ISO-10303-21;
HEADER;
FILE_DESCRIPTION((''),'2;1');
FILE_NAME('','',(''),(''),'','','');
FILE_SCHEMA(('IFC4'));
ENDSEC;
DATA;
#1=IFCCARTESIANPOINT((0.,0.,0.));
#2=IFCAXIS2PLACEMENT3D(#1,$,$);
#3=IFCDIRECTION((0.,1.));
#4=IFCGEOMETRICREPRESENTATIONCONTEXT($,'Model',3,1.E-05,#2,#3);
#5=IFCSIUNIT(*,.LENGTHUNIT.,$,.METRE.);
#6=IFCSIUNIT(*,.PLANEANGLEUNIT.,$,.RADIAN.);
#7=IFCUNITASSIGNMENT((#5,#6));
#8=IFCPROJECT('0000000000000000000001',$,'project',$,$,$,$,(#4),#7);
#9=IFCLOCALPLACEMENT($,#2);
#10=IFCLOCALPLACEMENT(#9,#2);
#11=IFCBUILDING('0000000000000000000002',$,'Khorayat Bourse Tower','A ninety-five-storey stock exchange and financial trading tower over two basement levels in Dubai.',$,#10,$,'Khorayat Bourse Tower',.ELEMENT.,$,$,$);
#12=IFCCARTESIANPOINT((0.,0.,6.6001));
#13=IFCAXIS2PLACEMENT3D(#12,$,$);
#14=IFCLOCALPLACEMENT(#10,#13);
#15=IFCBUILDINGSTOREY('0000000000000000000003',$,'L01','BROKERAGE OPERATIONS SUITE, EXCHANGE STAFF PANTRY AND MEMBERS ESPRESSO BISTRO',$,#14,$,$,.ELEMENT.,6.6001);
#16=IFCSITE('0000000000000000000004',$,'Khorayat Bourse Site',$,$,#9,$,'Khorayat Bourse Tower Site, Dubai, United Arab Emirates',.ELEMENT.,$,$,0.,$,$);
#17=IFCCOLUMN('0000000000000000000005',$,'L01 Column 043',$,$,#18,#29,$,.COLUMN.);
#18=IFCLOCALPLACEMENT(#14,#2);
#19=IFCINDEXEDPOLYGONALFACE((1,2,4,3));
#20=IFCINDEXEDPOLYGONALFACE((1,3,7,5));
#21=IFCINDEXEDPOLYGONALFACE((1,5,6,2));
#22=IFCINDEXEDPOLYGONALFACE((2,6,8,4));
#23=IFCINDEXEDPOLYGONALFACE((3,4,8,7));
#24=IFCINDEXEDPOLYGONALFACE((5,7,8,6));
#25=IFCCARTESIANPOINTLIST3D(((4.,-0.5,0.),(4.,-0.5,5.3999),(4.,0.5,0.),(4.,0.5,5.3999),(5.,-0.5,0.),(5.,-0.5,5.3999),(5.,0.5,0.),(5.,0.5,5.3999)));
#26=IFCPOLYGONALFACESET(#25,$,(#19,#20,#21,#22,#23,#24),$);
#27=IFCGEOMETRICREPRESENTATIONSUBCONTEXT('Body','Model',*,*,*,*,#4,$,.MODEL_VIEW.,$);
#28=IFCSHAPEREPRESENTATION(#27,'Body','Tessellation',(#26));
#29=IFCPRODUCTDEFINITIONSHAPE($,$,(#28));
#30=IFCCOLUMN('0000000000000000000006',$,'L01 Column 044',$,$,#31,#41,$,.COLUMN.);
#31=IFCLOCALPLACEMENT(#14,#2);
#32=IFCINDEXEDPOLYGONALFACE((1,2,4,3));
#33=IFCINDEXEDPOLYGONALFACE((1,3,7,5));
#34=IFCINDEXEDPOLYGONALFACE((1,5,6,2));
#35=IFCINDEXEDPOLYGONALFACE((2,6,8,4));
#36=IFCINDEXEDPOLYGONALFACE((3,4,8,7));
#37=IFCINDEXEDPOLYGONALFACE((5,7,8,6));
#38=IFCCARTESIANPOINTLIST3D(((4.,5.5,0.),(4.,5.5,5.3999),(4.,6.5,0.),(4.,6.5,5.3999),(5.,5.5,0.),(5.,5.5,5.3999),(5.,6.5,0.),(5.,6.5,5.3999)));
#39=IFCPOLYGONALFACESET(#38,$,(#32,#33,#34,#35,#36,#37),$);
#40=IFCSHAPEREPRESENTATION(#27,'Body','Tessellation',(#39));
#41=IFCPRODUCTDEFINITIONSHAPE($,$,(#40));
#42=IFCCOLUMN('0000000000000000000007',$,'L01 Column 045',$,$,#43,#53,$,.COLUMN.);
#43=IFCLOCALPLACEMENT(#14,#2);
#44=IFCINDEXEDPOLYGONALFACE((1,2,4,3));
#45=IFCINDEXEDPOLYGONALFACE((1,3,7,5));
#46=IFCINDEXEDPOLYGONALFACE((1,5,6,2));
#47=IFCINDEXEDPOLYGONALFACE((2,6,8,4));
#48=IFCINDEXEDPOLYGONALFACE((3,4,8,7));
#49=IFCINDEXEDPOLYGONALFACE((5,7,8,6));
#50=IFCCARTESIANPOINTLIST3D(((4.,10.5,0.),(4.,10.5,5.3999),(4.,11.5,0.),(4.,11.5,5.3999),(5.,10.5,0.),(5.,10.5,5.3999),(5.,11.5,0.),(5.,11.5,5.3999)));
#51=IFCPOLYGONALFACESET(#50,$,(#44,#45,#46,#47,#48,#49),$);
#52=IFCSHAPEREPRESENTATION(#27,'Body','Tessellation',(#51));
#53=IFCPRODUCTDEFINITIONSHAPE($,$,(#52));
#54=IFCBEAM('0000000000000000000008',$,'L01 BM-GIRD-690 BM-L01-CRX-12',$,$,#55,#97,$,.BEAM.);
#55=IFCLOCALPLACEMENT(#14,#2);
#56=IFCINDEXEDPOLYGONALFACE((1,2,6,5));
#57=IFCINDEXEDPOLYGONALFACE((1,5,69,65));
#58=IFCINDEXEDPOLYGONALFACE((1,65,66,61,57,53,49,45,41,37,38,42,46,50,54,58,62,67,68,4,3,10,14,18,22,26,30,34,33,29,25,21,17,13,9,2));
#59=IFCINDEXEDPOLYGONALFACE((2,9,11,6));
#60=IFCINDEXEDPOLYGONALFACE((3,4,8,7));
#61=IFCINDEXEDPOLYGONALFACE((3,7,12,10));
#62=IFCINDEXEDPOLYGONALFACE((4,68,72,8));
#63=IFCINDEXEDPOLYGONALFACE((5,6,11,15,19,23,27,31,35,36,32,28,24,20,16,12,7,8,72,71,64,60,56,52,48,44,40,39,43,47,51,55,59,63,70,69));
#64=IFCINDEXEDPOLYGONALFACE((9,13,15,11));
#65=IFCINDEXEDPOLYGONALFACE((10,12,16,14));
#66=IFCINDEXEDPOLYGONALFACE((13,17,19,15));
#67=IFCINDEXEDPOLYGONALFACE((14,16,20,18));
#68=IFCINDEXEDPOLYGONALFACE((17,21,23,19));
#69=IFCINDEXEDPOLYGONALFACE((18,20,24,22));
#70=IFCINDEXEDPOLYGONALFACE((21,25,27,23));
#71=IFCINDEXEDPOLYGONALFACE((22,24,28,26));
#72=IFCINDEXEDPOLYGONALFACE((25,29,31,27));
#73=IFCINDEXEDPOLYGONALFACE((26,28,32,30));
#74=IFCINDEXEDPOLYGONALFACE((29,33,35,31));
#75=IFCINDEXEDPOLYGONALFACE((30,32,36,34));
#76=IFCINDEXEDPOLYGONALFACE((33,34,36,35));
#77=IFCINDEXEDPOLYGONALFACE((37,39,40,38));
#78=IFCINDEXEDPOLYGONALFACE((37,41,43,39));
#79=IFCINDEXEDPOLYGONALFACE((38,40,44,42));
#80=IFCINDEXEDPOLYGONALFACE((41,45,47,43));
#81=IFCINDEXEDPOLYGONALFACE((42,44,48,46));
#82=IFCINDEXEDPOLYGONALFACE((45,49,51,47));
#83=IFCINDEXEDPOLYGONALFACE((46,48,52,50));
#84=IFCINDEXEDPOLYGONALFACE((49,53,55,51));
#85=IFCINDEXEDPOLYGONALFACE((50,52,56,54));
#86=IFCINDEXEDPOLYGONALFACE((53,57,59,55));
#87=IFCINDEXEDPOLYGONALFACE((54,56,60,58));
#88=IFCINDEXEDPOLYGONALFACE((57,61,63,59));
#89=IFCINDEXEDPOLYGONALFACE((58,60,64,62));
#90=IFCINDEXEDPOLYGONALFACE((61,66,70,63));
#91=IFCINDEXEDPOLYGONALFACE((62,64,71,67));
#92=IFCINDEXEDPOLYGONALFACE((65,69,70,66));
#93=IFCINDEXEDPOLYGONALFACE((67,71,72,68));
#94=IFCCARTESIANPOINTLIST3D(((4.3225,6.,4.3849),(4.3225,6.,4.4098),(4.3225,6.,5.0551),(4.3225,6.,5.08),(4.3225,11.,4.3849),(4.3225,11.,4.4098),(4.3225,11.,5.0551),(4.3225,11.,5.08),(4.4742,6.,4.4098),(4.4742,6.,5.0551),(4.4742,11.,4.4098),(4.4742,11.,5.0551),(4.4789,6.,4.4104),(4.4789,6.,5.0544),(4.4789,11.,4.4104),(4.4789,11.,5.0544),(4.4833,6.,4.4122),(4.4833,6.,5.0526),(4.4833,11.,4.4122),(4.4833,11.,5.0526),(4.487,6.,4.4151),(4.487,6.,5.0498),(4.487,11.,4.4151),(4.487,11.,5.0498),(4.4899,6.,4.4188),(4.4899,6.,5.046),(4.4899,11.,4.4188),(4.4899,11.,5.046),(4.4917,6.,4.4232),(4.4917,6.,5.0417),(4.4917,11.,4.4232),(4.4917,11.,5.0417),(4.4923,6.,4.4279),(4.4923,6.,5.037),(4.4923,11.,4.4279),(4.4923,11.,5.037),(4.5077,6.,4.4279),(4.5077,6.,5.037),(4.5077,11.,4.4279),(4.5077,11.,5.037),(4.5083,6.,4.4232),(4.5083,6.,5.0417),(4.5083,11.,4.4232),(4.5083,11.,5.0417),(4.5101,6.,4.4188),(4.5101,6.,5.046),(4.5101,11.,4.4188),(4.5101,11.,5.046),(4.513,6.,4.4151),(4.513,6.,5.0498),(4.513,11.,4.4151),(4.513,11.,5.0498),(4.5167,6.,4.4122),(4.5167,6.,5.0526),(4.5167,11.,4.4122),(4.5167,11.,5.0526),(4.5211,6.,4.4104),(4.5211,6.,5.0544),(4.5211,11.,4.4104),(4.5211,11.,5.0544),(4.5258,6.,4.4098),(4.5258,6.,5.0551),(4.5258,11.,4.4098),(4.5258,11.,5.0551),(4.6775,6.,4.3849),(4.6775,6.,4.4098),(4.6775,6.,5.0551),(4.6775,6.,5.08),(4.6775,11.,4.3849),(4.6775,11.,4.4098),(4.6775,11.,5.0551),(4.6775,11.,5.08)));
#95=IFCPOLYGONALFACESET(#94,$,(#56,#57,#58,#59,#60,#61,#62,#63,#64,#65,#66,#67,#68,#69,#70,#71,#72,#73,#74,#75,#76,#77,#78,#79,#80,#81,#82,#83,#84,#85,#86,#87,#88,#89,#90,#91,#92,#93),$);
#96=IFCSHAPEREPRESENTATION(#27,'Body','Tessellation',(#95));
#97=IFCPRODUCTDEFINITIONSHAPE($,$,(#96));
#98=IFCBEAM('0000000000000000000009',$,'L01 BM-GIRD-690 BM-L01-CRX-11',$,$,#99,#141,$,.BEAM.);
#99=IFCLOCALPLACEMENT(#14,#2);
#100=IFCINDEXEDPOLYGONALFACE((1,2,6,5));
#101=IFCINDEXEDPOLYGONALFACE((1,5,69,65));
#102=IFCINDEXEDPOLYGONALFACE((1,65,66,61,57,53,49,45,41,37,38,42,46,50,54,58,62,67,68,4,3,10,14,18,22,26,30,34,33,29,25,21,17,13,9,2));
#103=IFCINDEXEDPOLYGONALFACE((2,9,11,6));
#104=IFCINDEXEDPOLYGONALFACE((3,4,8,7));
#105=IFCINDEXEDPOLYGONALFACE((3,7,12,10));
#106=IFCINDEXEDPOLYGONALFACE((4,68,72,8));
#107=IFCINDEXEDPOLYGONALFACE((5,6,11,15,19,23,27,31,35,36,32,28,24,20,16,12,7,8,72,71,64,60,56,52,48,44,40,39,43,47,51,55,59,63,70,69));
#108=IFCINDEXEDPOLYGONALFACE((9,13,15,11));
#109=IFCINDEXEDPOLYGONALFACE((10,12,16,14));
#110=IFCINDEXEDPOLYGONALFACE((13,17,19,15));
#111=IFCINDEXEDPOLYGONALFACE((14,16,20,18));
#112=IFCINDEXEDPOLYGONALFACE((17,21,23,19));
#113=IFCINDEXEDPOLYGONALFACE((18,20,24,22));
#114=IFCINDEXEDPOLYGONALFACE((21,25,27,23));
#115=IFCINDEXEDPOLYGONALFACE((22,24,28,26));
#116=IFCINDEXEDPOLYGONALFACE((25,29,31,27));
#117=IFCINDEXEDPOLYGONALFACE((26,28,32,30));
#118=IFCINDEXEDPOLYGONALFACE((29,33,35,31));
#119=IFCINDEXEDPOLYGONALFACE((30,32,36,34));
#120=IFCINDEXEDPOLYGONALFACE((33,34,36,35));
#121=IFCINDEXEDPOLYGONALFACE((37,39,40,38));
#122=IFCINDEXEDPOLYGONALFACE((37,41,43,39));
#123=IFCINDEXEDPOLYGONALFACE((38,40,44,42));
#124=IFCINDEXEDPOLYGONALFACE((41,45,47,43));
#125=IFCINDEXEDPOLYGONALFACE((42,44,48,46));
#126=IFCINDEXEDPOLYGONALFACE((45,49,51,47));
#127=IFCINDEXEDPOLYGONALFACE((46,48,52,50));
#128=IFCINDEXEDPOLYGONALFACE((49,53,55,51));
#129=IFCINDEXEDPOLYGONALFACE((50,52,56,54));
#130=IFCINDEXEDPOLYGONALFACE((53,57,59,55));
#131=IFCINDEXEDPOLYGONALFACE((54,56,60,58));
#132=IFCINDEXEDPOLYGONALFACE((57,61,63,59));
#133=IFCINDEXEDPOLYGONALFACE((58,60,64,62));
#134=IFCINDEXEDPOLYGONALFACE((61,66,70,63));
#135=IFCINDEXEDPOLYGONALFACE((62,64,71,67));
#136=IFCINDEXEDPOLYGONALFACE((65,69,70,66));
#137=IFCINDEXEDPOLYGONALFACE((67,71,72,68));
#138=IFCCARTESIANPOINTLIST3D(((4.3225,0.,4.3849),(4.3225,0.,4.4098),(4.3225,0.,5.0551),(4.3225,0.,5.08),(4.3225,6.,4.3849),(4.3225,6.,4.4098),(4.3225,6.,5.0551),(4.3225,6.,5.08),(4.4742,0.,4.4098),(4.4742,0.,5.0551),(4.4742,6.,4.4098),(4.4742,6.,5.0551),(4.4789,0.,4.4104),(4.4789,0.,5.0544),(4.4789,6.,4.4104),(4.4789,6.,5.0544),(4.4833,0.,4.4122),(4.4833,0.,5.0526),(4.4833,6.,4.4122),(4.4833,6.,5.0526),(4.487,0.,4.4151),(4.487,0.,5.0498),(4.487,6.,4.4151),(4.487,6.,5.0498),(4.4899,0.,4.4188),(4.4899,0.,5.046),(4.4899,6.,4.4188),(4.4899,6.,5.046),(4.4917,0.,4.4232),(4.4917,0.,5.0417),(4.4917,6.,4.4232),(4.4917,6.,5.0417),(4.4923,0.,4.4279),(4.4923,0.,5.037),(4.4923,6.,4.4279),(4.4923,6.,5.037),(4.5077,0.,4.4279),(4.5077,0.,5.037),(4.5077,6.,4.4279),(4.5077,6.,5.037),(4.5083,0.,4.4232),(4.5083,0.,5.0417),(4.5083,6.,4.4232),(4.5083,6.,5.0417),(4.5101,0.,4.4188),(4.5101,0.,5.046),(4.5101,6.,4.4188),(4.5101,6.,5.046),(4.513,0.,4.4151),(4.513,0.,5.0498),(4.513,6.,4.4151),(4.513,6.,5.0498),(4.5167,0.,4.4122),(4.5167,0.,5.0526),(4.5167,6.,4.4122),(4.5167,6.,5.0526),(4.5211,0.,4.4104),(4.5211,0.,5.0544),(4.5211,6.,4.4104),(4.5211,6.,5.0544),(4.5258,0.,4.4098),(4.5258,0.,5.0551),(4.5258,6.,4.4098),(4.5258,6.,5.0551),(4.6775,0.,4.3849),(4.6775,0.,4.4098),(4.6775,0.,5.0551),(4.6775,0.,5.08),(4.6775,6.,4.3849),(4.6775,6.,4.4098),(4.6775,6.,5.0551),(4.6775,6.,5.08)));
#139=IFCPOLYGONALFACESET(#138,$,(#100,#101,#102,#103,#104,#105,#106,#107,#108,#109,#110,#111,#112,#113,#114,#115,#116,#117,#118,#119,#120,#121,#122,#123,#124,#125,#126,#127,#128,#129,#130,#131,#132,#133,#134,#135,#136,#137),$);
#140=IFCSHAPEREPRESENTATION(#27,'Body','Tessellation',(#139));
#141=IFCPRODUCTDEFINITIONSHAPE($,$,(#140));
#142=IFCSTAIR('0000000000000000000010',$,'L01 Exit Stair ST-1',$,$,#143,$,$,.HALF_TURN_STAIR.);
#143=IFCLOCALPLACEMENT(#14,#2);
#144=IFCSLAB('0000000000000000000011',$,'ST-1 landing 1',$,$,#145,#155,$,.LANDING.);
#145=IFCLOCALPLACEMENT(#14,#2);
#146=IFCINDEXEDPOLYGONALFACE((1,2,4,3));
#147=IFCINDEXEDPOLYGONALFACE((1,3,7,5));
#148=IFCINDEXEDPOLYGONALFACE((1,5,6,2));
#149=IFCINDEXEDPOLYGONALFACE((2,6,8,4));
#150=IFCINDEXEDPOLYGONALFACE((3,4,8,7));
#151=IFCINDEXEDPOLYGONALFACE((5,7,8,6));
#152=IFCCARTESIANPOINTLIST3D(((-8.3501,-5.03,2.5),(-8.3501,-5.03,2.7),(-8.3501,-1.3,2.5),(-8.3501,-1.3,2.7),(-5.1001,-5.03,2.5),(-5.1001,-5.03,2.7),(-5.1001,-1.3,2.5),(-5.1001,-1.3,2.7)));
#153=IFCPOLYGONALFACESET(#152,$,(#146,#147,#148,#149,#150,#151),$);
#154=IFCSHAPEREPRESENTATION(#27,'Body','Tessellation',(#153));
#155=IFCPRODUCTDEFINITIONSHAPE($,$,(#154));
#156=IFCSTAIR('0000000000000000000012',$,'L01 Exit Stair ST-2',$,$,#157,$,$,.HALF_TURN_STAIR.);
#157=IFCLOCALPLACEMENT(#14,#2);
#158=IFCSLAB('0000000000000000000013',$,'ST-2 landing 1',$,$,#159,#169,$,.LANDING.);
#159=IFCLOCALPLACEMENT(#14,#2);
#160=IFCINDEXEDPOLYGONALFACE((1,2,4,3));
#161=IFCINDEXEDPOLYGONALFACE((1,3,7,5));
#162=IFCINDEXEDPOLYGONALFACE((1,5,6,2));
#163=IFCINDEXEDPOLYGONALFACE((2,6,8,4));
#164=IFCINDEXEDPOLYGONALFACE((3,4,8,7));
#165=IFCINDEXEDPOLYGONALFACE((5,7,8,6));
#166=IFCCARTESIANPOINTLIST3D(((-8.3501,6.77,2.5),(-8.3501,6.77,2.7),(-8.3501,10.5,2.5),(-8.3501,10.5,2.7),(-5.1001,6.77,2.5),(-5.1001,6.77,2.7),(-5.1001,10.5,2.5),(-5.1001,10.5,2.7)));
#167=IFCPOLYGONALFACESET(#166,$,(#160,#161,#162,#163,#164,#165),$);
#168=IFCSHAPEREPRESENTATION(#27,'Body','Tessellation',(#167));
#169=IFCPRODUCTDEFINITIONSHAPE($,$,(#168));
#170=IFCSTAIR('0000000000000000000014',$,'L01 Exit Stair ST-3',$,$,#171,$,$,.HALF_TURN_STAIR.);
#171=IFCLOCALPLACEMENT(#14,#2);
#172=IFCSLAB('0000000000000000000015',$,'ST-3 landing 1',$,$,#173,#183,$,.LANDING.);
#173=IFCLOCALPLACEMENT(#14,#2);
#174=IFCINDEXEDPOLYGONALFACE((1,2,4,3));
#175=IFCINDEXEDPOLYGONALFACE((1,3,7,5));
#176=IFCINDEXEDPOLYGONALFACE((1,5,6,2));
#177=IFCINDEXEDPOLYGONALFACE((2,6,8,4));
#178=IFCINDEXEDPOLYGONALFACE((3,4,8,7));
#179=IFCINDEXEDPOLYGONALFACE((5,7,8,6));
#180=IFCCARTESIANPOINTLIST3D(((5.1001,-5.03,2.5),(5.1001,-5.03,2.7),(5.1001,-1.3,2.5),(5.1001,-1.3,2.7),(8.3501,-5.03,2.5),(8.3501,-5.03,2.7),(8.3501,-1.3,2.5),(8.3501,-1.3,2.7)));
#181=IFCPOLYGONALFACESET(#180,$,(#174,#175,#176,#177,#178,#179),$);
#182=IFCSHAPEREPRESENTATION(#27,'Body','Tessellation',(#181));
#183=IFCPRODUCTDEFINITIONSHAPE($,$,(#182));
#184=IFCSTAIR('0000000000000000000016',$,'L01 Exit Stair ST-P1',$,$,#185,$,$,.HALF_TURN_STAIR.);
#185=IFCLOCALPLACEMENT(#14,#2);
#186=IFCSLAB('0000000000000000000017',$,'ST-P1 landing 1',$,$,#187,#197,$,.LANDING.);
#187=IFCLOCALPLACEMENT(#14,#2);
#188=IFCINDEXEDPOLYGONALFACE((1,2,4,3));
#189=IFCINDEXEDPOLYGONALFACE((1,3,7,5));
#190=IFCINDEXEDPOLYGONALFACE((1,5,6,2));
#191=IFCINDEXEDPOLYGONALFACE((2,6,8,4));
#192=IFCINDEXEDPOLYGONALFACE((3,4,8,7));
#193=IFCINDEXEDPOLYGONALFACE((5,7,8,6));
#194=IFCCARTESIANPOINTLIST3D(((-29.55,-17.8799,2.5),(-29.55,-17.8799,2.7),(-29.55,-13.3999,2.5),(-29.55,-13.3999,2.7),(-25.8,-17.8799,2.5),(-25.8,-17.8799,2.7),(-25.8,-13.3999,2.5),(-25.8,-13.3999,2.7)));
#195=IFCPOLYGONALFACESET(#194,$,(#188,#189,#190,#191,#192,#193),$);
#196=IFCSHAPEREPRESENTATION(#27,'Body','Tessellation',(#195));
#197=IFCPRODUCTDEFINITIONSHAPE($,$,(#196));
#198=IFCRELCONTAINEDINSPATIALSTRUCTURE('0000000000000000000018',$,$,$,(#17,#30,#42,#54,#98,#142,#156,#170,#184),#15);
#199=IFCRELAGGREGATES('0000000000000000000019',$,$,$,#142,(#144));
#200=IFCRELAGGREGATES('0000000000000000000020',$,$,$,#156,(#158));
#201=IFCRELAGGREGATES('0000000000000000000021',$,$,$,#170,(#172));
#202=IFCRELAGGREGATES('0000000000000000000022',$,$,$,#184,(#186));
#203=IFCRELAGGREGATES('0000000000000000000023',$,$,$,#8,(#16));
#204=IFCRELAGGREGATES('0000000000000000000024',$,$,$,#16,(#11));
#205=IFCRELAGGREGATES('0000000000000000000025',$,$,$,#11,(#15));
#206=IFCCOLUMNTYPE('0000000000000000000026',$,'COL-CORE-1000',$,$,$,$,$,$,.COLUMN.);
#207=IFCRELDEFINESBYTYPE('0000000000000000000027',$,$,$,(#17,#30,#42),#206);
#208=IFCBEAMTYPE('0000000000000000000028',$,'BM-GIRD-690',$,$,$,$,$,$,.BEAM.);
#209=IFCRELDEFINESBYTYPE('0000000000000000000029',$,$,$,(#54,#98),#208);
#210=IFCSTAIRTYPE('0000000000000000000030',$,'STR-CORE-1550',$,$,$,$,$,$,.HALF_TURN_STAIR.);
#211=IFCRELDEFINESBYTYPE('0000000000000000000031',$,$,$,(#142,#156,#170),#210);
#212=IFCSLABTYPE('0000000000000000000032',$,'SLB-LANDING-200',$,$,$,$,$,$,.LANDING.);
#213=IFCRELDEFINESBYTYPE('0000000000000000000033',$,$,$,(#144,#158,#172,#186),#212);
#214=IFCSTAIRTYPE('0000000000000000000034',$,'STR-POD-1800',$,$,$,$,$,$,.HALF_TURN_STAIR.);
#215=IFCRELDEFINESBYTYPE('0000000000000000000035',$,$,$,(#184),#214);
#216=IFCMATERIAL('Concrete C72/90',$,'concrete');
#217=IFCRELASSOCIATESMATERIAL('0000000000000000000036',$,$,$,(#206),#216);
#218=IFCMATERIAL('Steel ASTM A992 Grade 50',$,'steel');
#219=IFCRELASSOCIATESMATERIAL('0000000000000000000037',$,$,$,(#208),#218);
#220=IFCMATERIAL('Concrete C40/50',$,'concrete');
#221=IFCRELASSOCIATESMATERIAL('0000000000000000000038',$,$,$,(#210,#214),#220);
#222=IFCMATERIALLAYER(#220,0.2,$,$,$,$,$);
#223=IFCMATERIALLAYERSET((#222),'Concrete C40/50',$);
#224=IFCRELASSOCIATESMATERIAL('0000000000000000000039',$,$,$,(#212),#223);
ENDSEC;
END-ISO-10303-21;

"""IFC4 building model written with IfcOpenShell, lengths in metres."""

from ifc_helpers import new_model, si_unit, direction, frame, origin, origin_2d, place, context, subcontext, project, spatial, polyline, rectangle, i_section, outline, extrude, source, transform, mapped, material, layer, layer_set, material_profile, profile_set, type_object, element, aggregate, save


model = new_model("IFC4")

# Units and contexts
model_context = context("Model", 3, precision=1e-05, world=origin(), true_north=direction((0.0, 1.0)))
body_context = subcontext(model_context, "Body", "Model", "MODEL_VIEW")
ifc_project = project(units=[si_unit("LENGTHUNIT", "METRE"), si_unit("PLANEANGLEUNIT", "RADIAN")], contexts=[model_context])

# Site, building, storey
site_placement = place(None, origin())
site = spatial("IfcSite", under=ifc_project, at=site_placement, Name="Khorayat Bourse Site", LongName="Khorayat Bourse Tower Site, Dubai, United Arab Emirates", CompositionType="ELEMENT", RefElevation=0.0)
building_placement = place(site_placement, origin())
building = spatial("IfcBuilding", under=site, at=building_placement, Name="Khorayat Bourse Tower", Description="A ninety-five-storey stock exchange and financial trading tower over two basement levels in Dubai.", LongName="Khorayat Bourse Tower", CompositionType="ELEMENT")
storey_placement = place(building_placement, frame((0.0, 0.0, 6.6001)))
storey = spatial("IfcBuildingStorey", under=building, at=storey_placement, Name="L01", Description="BROKERAGE OPERATIONS SUITE, EXCHANGE STAFF PANTRY AND MEMBERS ESPRESSO BISTRO", CompositionType="ELEMENT", Elevation=6.6001)

# Columns
ifc_material_1 = material(Name="Concrete C72/90", Category="concrete")
ifc_material_profile_1 = material_profile(ifc_material_1, rectangle(XDim=1.0, YDim=1.0, at=origin_2d()), Name="RC 1000x1000")
ifc_profile_set_1 = profile_set([ifc_material_profile_1], Name="Concrete C72/90")
column_type = type_object("IfcColumnType", Name="COL-CORE-1000", PredefinedType="COLUMN", material=ifc_profile_set_1)
shared_shape_1 = source(origin(), body_context, "Body", "SweptSolid", [
    extrude(rectangle(XDim=1.0, YDim=1.0, at=origin_2d()), origin(), (0.0, 0.0, 1.0), 5.3999),
])
for number, where, z_axis, x_axis, name in (
    (1, (4.5, 0.0, 0.0), (0.0, 0.0, 1.0), (1.0, 0.0, 0.0), "L01 Column 043"),
    (2, (4.5, 6.0, 0.0), (0.0, 0.0, 1.0), (1.0, 0.0, 0.0), "L01 Column 044"),
    (3, (4.5, 11.0, 0.0), (0.0, 0.0, 1.0), (1.0, 0.0, 0.0), "L01 Column 045"),
):
    element("IfcColumn", number, at=place(storey_placement, frame(where, z_axis=z_axis, x_axis=x_axis)), inside=storey, type_object=column_type, Name=name, PredefinedType="COLUMN", context=body_context, shape_type="MappedRepresentation", body=[
        mapped(shared_shape_1, transform((0.0, 0.0, 0.0), scale=1.0)),
    ])

# Beams
ifc_material_2 = material(Name="Steel ASTM A992 Grade 50", Category="steel")
ifc_material_profile_2 = material_profile(ifc_material_2, i_section(OverallWidth=0.355, OverallDepth=0.6951, WebThickness=0.0154, FlangeThickness=0.0249, FilletRadius=0.0181, at=origin_2d()), Name="W690X217")
ifc_profile_set_2 = profile_set([ifc_material_profile_2], Name="Steel ASTM A992 Grade 50")
beam_type = type_object("IfcBeamType", Name="BM-GIRD-690", PredefinedType="BEAM", material=ifc_profile_set_2)
shared_shape_2 = source(origin(), body_context, "Body", "SweptSolid", [
    extrude(i_section(OverallWidth=0.355, OverallDepth=0.6951, WebThickness=0.0154, FlangeThickness=0.0249, FilletRadius=0.0181, at=origin_2d()), origin(), (0.0, 0.0, 1.0), 5.0),
])
beam_1_placement = place(storey_placement, frame((4.5, 6.0, 4.7324), z_axis=(0.0, 1.0, 0.0), x_axis=(-1.0, 0.0, 0.0)))
element("IfcBeam", 4, at=beam_1_placement, inside=storey, type_object=beam_type, Name="L01 BM-GIRD-690 BM-L01-CRX-12", PredefinedType="BEAM", context=body_context, shape_type="MappedRepresentation", body=[
    mapped(shared_shape_2, transform((0.0, 0.0, 0.0), scale=1.0)),
])
shared_shape_3 = source(origin(), body_context, "Body", "SweptSolid", [
    extrude(i_section(OverallWidth=0.355, OverallDepth=0.6951, WebThickness=0.0154, FlangeThickness=0.0249, FilletRadius=0.0181, at=origin_2d()), origin(), (0.0, 0.0, 1.0), 6.0),
])
beam_2_placement = place(storey_placement, frame((4.5, 0.0, 4.7324), z_axis=(0.0, 1.0, 0.0), x_axis=(-1.0, 0.0, 0.0)))
element("IfcBeam", 5, at=beam_2_placement, inside=storey, type_object=beam_type, Name="L01 BM-GIRD-690 BM-L01-CRX-11", PredefinedType="BEAM", context=body_context, shape_type="MappedRepresentation", body=[
    mapped(shared_shape_3, transform((0.0, 0.0, 0.0), scale=1.0)),
])

# Stairs, slabs
ifc_material_3 = material(Name="Concrete C40/50", Category="concrete")
stair_type_1 = type_object("IfcStairType", Name="STR-CORE-1550", PredefinedType="HALF_TURN_STAIR", material=ifc_material_3)
stair_1_placement = place(storey_placement, origin())
stair_1 = element("IfcStair", 6, at=stair_1_placement, inside=storey, type_object=stair_type_1, Name="L01 Exit Stair ST-1", PredefinedType="HALF_TURN_STAIR")
ifc_layer_1 = layer(ifc_material_3, 0.2)
ifc_layer_set_1 = layer_set([ifc_layer_1], Name="Concrete C40/50")
slab_type_1 = type_object("IfcSlabType", Name="SLB-LANDING-200", PredefinedType="LANDING", material=ifc_layer_set_1)
slab_1_placement = place(storey_placement, frame((0.0, 0.0, 2.5)))
slab_1 = element("IfcSlab", 7, at=slab_1_placement, type_object=slab_type_1, Name="ST-1 landing 1", PredefinedType="LANDING", context=body_context, shape_type="SweptSolid", body=[
    extrude(outline(polyline([(-5.1001, -5.03), (-5.1001, -1.3), (-8.3501, -1.3), (-8.3501, -5.03), (-5.1001, -5.03)])), origin(), (0.0, 0.0, 1.0), 0.2),
])
aggregate(stair_1, [slab_1])
stair_2_placement = place(storey_placement, origin())
stair_2 = element("IfcStair", 8, at=stair_2_placement, inside=storey, type_object=stair_type_1, Name="L01 Exit Stair ST-2", PredefinedType="HALF_TURN_STAIR")
slab_2_placement = place(storey_placement, frame((0.0, 0.0, 2.5)))
slab_2 = element("IfcSlab", 9, at=slab_2_placement, type_object=slab_type_1, Name="ST-2 landing 1", PredefinedType="LANDING", context=body_context, shape_type="SweptSolid", body=[
    extrude(outline(polyline([(-5.1001, 6.77), (-5.1001, 10.5), (-8.3501, 10.5), (-8.3501, 6.77), (-5.1001, 6.77)])), origin(), (0.0, 0.0, 1.0), 0.2),
])
aggregate(stair_2, [slab_2])
stair_3_placement = place(storey_placement, origin())
stair_3 = element("IfcStair", 10, at=stair_3_placement, inside=storey, type_object=stair_type_1, Name="L01 Exit Stair ST-3", PredefinedType="HALF_TURN_STAIR")
slab_3_placement = place(storey_placement, frame((0.0, 0.0, 2.5)))
slab_3 = element("IfcSlab", 11, at=slab_3_placement, type_object=slab_type_1, Name="ST-3 landing 1", PredefinedType="LANDING", context=body_context, shape_type="SweptSolid", body=[
    extrude(outline(polyline([(8.3501, -5.03), (8.3501, -1.3), (5.1001, -1.3), (5.1001, -5.03), (8.3501, -5.03)])), origin(), (0.0, 0.0, 1.0), 0.2),
])
aggregate(stair_3, [slab_3])
stair_type_2 = type_object("IfcStairType", Name="STR-POD-1800", PredefinedType="HALF_TURN_STAIR", material=ifc_material_3)
stair_4_placement = place(storey_placement, origin())
stair_4 = element("IfcStair", 12, at=stair_4_placement, inside=storey, type_object=stair_type_2, Name="L01 Exit Stair ST-P1", PredefinedType="HALF_TURN_STAIR")
slab_4_placement = place(storey_placement, frame((0.0, 0.0, 2.5)))
slab_4 = element("IfcSlab", 13, at=slab_4_placement, type_object=slab_type_1, Name="ST-P1 landing 1", PredefinedType="LANDING", context=body_context, shape_type="SweptSolid", body=[
    extrude(outline(polyline([(-25.8, -17.8799), (-25.8, -13.3999), (-29.55, -13.3999), (-29.55, -17.8799), (-25.8, -17.8799)])), origin(), (0.0, 0.0, 1.0), 0.2),
])
aggregate(stair_4, [slab_4])

save(model, "model.ifc")
